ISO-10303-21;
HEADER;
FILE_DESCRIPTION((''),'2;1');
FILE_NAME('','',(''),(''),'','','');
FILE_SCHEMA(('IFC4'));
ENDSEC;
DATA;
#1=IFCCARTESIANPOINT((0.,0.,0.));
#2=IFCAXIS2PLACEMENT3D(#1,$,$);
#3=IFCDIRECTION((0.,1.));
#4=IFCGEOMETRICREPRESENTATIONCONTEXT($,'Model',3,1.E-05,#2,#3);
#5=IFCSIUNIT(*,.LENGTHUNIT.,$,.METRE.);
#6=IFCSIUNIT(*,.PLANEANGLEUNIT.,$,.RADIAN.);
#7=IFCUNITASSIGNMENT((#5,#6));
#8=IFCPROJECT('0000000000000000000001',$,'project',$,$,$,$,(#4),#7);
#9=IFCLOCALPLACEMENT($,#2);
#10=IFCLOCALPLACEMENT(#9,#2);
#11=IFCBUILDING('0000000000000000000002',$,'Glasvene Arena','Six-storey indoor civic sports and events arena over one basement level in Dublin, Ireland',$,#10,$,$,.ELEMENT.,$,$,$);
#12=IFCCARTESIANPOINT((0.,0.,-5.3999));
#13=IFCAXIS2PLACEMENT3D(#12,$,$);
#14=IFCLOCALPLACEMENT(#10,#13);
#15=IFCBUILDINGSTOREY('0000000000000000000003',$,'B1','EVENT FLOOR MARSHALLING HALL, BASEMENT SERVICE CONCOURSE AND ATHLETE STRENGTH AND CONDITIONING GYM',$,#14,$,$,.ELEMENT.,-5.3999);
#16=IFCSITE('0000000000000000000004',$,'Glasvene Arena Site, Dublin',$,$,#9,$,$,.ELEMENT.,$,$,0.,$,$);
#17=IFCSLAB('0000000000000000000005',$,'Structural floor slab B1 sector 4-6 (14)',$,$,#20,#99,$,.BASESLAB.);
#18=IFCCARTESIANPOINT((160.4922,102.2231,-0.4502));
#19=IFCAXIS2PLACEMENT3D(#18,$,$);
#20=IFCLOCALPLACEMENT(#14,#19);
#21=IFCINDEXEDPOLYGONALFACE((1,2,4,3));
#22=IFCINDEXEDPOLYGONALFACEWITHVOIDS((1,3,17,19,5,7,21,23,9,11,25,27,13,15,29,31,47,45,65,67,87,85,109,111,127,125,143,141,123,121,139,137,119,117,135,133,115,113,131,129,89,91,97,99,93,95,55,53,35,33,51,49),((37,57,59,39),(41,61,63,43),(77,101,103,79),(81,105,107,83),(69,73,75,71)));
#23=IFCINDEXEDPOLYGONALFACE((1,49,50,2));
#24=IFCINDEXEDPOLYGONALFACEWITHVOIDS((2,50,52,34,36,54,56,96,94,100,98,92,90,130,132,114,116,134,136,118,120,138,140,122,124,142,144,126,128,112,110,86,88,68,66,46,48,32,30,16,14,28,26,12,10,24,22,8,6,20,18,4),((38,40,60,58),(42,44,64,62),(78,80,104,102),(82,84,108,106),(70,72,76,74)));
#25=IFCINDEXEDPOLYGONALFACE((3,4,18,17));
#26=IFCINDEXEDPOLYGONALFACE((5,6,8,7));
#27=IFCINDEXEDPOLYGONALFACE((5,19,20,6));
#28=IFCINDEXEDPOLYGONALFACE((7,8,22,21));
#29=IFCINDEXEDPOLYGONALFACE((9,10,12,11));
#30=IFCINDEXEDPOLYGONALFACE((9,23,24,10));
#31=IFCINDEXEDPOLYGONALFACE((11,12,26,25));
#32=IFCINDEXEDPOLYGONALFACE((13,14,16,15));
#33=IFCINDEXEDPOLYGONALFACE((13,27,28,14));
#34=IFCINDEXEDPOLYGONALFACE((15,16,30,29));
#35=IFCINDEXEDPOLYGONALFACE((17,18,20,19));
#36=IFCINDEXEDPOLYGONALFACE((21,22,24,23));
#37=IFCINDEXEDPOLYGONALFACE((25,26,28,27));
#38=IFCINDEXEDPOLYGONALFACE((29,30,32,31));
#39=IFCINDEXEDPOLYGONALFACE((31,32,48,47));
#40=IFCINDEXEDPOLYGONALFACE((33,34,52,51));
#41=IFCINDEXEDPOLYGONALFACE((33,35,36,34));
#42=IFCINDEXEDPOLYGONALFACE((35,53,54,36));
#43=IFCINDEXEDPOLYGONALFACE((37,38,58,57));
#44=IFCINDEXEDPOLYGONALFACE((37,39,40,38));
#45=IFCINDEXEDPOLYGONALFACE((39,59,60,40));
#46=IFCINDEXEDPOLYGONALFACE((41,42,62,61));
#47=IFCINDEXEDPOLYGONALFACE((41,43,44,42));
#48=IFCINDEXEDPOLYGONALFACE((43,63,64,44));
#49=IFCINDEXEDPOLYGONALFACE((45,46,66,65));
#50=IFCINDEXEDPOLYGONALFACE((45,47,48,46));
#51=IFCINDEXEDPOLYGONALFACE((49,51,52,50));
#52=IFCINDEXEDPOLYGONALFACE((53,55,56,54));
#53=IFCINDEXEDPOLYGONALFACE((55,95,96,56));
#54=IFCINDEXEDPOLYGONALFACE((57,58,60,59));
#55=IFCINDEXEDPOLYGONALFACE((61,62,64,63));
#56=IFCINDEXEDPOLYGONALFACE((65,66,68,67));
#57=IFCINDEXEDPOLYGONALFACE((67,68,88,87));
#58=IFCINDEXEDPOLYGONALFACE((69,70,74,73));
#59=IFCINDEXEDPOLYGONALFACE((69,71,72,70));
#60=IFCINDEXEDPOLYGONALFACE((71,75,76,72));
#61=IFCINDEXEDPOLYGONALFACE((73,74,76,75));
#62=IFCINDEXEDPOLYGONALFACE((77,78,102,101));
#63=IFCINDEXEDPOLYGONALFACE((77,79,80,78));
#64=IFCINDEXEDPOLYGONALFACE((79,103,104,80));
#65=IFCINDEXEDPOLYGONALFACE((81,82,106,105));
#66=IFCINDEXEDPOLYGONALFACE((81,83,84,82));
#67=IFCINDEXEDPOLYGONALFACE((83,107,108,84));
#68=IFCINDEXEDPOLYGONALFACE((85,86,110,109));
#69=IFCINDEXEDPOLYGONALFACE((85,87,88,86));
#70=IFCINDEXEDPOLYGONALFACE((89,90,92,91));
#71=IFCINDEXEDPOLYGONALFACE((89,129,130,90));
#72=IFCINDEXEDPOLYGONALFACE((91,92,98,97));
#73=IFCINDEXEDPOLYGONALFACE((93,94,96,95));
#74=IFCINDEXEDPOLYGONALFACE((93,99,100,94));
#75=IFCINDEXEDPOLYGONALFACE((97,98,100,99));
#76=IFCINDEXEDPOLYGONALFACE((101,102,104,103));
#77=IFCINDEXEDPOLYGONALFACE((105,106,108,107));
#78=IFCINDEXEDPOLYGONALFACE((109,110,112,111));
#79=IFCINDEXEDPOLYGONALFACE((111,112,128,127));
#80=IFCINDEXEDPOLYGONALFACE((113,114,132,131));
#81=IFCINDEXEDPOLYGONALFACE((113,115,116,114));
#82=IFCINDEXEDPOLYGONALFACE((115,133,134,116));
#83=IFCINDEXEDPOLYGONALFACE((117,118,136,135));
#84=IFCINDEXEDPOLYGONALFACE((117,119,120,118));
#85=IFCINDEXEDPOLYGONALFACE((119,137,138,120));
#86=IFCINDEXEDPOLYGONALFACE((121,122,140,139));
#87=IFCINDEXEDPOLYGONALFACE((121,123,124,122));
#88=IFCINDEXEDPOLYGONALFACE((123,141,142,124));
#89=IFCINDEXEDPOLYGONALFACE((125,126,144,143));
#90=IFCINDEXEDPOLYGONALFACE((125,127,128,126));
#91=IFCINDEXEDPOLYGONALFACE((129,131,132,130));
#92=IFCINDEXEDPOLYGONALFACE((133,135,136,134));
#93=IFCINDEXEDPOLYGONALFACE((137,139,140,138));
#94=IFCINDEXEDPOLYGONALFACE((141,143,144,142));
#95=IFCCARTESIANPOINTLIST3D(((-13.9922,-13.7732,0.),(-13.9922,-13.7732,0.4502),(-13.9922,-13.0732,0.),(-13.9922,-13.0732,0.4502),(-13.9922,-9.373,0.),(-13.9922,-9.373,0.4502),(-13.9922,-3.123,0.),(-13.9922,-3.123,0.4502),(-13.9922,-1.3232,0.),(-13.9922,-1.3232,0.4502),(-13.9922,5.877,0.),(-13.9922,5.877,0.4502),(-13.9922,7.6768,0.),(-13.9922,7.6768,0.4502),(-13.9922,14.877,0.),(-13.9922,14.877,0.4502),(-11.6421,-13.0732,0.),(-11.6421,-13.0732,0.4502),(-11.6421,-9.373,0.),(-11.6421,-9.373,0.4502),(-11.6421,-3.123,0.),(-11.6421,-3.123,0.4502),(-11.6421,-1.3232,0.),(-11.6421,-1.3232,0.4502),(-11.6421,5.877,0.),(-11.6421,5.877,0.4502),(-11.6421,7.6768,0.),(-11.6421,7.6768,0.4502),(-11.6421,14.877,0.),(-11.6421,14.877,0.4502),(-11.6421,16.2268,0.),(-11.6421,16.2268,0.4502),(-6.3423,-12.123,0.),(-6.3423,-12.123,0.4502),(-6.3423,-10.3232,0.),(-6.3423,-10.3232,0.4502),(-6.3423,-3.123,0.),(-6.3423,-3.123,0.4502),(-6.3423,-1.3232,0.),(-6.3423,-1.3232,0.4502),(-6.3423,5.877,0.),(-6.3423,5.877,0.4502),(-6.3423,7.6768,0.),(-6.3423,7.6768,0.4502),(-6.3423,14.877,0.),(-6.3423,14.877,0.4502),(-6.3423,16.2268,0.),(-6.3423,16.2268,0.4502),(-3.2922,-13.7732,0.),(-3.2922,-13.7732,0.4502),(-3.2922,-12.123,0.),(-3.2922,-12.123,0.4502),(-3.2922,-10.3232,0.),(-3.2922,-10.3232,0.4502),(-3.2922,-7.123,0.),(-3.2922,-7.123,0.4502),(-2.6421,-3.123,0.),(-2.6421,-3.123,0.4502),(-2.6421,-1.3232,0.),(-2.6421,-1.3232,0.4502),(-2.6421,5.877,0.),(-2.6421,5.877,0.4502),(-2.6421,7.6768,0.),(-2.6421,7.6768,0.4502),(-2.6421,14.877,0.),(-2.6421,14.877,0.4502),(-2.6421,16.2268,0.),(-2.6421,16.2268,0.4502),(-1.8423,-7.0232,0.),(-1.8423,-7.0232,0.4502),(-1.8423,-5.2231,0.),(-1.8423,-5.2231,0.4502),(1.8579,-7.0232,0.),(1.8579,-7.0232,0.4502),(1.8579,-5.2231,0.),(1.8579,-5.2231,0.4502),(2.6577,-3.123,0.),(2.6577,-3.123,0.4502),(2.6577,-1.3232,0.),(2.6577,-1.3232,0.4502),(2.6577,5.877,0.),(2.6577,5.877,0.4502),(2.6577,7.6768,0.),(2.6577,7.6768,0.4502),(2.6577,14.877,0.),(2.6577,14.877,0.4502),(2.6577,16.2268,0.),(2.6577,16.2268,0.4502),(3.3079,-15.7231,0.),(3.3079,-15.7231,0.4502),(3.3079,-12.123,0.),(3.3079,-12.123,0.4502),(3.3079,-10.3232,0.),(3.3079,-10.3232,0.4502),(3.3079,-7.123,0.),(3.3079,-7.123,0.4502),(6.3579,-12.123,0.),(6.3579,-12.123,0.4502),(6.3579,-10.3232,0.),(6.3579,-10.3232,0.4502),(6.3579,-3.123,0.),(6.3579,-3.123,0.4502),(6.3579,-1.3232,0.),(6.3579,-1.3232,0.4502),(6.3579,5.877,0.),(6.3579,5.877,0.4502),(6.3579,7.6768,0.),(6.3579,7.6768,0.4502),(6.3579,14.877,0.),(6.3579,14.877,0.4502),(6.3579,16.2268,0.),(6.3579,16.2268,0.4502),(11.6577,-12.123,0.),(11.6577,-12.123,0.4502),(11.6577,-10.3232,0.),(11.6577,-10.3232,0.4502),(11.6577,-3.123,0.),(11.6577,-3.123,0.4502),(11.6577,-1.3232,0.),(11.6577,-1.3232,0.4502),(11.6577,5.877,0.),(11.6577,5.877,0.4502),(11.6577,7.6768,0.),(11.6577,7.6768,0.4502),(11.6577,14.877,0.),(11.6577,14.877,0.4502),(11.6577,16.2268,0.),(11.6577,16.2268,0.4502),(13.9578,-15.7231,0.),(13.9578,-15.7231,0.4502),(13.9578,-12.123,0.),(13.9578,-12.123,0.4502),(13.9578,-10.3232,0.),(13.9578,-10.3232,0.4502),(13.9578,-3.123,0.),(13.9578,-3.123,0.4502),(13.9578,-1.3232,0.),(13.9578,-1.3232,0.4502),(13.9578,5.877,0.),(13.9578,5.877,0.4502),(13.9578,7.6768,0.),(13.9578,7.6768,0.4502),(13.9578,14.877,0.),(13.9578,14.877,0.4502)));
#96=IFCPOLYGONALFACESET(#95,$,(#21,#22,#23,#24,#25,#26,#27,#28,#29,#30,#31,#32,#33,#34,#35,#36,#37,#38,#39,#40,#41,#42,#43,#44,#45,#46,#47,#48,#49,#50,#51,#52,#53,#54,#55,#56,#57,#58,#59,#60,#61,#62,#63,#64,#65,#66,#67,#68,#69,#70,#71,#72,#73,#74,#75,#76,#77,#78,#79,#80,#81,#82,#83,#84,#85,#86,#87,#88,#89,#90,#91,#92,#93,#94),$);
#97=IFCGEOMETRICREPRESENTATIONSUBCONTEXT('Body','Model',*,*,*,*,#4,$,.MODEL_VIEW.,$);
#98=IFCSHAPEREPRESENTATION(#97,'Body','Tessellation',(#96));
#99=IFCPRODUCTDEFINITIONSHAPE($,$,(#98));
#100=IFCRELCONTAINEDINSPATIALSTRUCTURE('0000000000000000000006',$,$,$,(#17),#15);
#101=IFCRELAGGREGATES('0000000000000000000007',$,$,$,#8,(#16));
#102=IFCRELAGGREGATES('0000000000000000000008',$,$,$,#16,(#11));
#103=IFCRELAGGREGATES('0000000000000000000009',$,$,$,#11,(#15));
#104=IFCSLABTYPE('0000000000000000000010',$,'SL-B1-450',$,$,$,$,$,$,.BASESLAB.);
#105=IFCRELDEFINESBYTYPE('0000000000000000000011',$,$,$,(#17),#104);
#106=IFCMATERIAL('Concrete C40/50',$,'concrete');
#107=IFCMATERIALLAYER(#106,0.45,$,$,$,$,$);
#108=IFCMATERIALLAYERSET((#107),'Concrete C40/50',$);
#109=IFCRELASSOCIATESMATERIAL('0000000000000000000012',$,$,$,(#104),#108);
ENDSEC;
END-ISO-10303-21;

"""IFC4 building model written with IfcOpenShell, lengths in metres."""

from ifc_helpers import new_model, si_unit, direction, frame, origin, place, context, subcontext, project, spatial, polyline, outline, extrude, material, layer, layer_set, type_object, element, save


model = new_model("IFC4")

# Units and contexts
model_context = context("Model", 3, precision=1e-05, world=origin(), true_north=direction((0.0, 1.0)))
body_context = subcontext(model_context, "Body", "Model", "MODEL_VIEW")
ifc_project = project(units=[si_unit("LENGTHUNIT", "METRE"), si_unit("PLANEANGLEUNIT", "RADIAN")], contexts=[model_context])

# Site, building, storey
site_placement = place(None, origin())
site = spatial("IfcSite", under=ifc_project, at=site_placement, Name="Glasvene Arena Site, Dublin", CompositionType="ELEMENT", RefElevation=0.0)
building_placement = place(site_placement, origin())
building = spatial("IfcBuilding", under=site, at=building_placement, Name="Glasvene Arena", Description="Six-storey indoor civic sports and events arena over one basement level in Dublin, Ireland", CompositionType="ELEMENT")
storey_placement = place(building_placement, frame((0.0, 0.0, -5.3999)))
storey = spatial("IfcBuildingStorey", under=building, at=storey_placement, Name="B1", Description="EVENT FLOOR MARSHALLING HALL, BASEMENT SERVICE CONCOURSE AND ATHLETE STRENGTH AND CONDITIONING GYM", CompositionType="ELEMENT", Elevation=-5.3999)

# Shared definitions
ifc_material_1 = material(Name="Concrete C40/50", Category="concrete")

# Slab
ifc_layer_1 = layer(ifc_material_1, 0.45)
ifc_layer_set_1 = layer_set([ifc_layer_1], Name="Concrete C40/50")
slab_type_1 = type_object("IfcSlabType", Name="SL-B1-450", PredefinedType="BASESLAB", material=ifc_layer_set_1)
slab_1_placement = place(storey_placement, frame((160.4922, 102.2231, -0.4502)))
element("IfcSlab", 1, at=slab_1_placement, inside=storey, type_object=slab_type_1, Name="Structural floor slab B1 sector 4-6 (14)", PredefinedType="BASESLAB", context=body_context, shape_type="SweptSolid", body=[
    extrude(outline(polyline([(-11.6421, 14.877), (-11.6421, 16.2268), (-6.3423, 16.2268), (-6.3423, 14.877), (-2.6421, 14.877), (-2.6421, 16.2268), (2.6577, 16.2268), (2.6577, 14.877), (6.3579, 14.877), (6.3579, 16.2268), (11.6577, 16.2268), (11.6577, 14.877), (13.9578, 14.877), (13.9578, 7.6768), (11.6577, 7.6768), (11.6577, 5.877), (13.9578, 5.877), (13.9578, -1.3232), (11.6577, -1.3232), (11.6577, -3.123), (13.9578, -3.123), (13.9578, -10.3232), (11.6577, -10.3232), (11.6577, -12.123), (13.9578, -12.123), (13.9578, -15.7231), (3.3079, -15.7231), (3.3079, -12.123), (6.3579, -12.123), (6.3579, -10.3232), (3.3079, -10.3232), (3.3079, -7.123), (-3.2922, -7.123), (-3.2922, -10.3232), (-6.3423, -10.3232), (-6.3423, -12.123), (-3.2922, -12.123), (-3.2922, -13.7732), (-13.9922, -13.7732), (-13.9922, -13.0732), (-11.6421, -13.0732), (-11.6421, -9.373), (-13.9922, -9.373), (-13.9922, -3.123), (-11.6421, -3.123), (-11.6421, -1.3232), (-13.9922, -1.3232), (-13.9922, 5.877), (-11.6421, 5.877), (-11.6421, 7.6768), (-13.9922, 7.6768), (-13.9922, 14.877), (-11.6421, 14.877)]), holes=[polyline([(-1.8423, -7.0232), (1.8579, -7.0232), (1.8579, -5.2231), (-1.8423, -5.2231), (-1.8423, -7.0232)]), polyline([(2.6577, -3.123), (6.3579, -3.123), (6.3579, -1.3232), (2.6577, -1.3232), (2.6577, -3.123)]), polyline([(-6.3423, -3.123), (-2.6421, -3.123), (-2.6421, -1.3232), (-6.3423, -1.3232), (-6.3423, -3.123)]), polyline([(6.3579, 5.877), (6.3579, 7.6768), (2.6577, 7.6768), (2.6577, 5.877), (6.3579, 5.877)]), polyline([(-6.3423, 5.877), (-2.6421, 5.877), (-2.6421, 7.6768), (-6.3423, 7.6768), (-6.3423, 5.877)])]), origin(), (0.0, 0.0, 1.0), 0.4502),
])

save(model, "model.ifc")
